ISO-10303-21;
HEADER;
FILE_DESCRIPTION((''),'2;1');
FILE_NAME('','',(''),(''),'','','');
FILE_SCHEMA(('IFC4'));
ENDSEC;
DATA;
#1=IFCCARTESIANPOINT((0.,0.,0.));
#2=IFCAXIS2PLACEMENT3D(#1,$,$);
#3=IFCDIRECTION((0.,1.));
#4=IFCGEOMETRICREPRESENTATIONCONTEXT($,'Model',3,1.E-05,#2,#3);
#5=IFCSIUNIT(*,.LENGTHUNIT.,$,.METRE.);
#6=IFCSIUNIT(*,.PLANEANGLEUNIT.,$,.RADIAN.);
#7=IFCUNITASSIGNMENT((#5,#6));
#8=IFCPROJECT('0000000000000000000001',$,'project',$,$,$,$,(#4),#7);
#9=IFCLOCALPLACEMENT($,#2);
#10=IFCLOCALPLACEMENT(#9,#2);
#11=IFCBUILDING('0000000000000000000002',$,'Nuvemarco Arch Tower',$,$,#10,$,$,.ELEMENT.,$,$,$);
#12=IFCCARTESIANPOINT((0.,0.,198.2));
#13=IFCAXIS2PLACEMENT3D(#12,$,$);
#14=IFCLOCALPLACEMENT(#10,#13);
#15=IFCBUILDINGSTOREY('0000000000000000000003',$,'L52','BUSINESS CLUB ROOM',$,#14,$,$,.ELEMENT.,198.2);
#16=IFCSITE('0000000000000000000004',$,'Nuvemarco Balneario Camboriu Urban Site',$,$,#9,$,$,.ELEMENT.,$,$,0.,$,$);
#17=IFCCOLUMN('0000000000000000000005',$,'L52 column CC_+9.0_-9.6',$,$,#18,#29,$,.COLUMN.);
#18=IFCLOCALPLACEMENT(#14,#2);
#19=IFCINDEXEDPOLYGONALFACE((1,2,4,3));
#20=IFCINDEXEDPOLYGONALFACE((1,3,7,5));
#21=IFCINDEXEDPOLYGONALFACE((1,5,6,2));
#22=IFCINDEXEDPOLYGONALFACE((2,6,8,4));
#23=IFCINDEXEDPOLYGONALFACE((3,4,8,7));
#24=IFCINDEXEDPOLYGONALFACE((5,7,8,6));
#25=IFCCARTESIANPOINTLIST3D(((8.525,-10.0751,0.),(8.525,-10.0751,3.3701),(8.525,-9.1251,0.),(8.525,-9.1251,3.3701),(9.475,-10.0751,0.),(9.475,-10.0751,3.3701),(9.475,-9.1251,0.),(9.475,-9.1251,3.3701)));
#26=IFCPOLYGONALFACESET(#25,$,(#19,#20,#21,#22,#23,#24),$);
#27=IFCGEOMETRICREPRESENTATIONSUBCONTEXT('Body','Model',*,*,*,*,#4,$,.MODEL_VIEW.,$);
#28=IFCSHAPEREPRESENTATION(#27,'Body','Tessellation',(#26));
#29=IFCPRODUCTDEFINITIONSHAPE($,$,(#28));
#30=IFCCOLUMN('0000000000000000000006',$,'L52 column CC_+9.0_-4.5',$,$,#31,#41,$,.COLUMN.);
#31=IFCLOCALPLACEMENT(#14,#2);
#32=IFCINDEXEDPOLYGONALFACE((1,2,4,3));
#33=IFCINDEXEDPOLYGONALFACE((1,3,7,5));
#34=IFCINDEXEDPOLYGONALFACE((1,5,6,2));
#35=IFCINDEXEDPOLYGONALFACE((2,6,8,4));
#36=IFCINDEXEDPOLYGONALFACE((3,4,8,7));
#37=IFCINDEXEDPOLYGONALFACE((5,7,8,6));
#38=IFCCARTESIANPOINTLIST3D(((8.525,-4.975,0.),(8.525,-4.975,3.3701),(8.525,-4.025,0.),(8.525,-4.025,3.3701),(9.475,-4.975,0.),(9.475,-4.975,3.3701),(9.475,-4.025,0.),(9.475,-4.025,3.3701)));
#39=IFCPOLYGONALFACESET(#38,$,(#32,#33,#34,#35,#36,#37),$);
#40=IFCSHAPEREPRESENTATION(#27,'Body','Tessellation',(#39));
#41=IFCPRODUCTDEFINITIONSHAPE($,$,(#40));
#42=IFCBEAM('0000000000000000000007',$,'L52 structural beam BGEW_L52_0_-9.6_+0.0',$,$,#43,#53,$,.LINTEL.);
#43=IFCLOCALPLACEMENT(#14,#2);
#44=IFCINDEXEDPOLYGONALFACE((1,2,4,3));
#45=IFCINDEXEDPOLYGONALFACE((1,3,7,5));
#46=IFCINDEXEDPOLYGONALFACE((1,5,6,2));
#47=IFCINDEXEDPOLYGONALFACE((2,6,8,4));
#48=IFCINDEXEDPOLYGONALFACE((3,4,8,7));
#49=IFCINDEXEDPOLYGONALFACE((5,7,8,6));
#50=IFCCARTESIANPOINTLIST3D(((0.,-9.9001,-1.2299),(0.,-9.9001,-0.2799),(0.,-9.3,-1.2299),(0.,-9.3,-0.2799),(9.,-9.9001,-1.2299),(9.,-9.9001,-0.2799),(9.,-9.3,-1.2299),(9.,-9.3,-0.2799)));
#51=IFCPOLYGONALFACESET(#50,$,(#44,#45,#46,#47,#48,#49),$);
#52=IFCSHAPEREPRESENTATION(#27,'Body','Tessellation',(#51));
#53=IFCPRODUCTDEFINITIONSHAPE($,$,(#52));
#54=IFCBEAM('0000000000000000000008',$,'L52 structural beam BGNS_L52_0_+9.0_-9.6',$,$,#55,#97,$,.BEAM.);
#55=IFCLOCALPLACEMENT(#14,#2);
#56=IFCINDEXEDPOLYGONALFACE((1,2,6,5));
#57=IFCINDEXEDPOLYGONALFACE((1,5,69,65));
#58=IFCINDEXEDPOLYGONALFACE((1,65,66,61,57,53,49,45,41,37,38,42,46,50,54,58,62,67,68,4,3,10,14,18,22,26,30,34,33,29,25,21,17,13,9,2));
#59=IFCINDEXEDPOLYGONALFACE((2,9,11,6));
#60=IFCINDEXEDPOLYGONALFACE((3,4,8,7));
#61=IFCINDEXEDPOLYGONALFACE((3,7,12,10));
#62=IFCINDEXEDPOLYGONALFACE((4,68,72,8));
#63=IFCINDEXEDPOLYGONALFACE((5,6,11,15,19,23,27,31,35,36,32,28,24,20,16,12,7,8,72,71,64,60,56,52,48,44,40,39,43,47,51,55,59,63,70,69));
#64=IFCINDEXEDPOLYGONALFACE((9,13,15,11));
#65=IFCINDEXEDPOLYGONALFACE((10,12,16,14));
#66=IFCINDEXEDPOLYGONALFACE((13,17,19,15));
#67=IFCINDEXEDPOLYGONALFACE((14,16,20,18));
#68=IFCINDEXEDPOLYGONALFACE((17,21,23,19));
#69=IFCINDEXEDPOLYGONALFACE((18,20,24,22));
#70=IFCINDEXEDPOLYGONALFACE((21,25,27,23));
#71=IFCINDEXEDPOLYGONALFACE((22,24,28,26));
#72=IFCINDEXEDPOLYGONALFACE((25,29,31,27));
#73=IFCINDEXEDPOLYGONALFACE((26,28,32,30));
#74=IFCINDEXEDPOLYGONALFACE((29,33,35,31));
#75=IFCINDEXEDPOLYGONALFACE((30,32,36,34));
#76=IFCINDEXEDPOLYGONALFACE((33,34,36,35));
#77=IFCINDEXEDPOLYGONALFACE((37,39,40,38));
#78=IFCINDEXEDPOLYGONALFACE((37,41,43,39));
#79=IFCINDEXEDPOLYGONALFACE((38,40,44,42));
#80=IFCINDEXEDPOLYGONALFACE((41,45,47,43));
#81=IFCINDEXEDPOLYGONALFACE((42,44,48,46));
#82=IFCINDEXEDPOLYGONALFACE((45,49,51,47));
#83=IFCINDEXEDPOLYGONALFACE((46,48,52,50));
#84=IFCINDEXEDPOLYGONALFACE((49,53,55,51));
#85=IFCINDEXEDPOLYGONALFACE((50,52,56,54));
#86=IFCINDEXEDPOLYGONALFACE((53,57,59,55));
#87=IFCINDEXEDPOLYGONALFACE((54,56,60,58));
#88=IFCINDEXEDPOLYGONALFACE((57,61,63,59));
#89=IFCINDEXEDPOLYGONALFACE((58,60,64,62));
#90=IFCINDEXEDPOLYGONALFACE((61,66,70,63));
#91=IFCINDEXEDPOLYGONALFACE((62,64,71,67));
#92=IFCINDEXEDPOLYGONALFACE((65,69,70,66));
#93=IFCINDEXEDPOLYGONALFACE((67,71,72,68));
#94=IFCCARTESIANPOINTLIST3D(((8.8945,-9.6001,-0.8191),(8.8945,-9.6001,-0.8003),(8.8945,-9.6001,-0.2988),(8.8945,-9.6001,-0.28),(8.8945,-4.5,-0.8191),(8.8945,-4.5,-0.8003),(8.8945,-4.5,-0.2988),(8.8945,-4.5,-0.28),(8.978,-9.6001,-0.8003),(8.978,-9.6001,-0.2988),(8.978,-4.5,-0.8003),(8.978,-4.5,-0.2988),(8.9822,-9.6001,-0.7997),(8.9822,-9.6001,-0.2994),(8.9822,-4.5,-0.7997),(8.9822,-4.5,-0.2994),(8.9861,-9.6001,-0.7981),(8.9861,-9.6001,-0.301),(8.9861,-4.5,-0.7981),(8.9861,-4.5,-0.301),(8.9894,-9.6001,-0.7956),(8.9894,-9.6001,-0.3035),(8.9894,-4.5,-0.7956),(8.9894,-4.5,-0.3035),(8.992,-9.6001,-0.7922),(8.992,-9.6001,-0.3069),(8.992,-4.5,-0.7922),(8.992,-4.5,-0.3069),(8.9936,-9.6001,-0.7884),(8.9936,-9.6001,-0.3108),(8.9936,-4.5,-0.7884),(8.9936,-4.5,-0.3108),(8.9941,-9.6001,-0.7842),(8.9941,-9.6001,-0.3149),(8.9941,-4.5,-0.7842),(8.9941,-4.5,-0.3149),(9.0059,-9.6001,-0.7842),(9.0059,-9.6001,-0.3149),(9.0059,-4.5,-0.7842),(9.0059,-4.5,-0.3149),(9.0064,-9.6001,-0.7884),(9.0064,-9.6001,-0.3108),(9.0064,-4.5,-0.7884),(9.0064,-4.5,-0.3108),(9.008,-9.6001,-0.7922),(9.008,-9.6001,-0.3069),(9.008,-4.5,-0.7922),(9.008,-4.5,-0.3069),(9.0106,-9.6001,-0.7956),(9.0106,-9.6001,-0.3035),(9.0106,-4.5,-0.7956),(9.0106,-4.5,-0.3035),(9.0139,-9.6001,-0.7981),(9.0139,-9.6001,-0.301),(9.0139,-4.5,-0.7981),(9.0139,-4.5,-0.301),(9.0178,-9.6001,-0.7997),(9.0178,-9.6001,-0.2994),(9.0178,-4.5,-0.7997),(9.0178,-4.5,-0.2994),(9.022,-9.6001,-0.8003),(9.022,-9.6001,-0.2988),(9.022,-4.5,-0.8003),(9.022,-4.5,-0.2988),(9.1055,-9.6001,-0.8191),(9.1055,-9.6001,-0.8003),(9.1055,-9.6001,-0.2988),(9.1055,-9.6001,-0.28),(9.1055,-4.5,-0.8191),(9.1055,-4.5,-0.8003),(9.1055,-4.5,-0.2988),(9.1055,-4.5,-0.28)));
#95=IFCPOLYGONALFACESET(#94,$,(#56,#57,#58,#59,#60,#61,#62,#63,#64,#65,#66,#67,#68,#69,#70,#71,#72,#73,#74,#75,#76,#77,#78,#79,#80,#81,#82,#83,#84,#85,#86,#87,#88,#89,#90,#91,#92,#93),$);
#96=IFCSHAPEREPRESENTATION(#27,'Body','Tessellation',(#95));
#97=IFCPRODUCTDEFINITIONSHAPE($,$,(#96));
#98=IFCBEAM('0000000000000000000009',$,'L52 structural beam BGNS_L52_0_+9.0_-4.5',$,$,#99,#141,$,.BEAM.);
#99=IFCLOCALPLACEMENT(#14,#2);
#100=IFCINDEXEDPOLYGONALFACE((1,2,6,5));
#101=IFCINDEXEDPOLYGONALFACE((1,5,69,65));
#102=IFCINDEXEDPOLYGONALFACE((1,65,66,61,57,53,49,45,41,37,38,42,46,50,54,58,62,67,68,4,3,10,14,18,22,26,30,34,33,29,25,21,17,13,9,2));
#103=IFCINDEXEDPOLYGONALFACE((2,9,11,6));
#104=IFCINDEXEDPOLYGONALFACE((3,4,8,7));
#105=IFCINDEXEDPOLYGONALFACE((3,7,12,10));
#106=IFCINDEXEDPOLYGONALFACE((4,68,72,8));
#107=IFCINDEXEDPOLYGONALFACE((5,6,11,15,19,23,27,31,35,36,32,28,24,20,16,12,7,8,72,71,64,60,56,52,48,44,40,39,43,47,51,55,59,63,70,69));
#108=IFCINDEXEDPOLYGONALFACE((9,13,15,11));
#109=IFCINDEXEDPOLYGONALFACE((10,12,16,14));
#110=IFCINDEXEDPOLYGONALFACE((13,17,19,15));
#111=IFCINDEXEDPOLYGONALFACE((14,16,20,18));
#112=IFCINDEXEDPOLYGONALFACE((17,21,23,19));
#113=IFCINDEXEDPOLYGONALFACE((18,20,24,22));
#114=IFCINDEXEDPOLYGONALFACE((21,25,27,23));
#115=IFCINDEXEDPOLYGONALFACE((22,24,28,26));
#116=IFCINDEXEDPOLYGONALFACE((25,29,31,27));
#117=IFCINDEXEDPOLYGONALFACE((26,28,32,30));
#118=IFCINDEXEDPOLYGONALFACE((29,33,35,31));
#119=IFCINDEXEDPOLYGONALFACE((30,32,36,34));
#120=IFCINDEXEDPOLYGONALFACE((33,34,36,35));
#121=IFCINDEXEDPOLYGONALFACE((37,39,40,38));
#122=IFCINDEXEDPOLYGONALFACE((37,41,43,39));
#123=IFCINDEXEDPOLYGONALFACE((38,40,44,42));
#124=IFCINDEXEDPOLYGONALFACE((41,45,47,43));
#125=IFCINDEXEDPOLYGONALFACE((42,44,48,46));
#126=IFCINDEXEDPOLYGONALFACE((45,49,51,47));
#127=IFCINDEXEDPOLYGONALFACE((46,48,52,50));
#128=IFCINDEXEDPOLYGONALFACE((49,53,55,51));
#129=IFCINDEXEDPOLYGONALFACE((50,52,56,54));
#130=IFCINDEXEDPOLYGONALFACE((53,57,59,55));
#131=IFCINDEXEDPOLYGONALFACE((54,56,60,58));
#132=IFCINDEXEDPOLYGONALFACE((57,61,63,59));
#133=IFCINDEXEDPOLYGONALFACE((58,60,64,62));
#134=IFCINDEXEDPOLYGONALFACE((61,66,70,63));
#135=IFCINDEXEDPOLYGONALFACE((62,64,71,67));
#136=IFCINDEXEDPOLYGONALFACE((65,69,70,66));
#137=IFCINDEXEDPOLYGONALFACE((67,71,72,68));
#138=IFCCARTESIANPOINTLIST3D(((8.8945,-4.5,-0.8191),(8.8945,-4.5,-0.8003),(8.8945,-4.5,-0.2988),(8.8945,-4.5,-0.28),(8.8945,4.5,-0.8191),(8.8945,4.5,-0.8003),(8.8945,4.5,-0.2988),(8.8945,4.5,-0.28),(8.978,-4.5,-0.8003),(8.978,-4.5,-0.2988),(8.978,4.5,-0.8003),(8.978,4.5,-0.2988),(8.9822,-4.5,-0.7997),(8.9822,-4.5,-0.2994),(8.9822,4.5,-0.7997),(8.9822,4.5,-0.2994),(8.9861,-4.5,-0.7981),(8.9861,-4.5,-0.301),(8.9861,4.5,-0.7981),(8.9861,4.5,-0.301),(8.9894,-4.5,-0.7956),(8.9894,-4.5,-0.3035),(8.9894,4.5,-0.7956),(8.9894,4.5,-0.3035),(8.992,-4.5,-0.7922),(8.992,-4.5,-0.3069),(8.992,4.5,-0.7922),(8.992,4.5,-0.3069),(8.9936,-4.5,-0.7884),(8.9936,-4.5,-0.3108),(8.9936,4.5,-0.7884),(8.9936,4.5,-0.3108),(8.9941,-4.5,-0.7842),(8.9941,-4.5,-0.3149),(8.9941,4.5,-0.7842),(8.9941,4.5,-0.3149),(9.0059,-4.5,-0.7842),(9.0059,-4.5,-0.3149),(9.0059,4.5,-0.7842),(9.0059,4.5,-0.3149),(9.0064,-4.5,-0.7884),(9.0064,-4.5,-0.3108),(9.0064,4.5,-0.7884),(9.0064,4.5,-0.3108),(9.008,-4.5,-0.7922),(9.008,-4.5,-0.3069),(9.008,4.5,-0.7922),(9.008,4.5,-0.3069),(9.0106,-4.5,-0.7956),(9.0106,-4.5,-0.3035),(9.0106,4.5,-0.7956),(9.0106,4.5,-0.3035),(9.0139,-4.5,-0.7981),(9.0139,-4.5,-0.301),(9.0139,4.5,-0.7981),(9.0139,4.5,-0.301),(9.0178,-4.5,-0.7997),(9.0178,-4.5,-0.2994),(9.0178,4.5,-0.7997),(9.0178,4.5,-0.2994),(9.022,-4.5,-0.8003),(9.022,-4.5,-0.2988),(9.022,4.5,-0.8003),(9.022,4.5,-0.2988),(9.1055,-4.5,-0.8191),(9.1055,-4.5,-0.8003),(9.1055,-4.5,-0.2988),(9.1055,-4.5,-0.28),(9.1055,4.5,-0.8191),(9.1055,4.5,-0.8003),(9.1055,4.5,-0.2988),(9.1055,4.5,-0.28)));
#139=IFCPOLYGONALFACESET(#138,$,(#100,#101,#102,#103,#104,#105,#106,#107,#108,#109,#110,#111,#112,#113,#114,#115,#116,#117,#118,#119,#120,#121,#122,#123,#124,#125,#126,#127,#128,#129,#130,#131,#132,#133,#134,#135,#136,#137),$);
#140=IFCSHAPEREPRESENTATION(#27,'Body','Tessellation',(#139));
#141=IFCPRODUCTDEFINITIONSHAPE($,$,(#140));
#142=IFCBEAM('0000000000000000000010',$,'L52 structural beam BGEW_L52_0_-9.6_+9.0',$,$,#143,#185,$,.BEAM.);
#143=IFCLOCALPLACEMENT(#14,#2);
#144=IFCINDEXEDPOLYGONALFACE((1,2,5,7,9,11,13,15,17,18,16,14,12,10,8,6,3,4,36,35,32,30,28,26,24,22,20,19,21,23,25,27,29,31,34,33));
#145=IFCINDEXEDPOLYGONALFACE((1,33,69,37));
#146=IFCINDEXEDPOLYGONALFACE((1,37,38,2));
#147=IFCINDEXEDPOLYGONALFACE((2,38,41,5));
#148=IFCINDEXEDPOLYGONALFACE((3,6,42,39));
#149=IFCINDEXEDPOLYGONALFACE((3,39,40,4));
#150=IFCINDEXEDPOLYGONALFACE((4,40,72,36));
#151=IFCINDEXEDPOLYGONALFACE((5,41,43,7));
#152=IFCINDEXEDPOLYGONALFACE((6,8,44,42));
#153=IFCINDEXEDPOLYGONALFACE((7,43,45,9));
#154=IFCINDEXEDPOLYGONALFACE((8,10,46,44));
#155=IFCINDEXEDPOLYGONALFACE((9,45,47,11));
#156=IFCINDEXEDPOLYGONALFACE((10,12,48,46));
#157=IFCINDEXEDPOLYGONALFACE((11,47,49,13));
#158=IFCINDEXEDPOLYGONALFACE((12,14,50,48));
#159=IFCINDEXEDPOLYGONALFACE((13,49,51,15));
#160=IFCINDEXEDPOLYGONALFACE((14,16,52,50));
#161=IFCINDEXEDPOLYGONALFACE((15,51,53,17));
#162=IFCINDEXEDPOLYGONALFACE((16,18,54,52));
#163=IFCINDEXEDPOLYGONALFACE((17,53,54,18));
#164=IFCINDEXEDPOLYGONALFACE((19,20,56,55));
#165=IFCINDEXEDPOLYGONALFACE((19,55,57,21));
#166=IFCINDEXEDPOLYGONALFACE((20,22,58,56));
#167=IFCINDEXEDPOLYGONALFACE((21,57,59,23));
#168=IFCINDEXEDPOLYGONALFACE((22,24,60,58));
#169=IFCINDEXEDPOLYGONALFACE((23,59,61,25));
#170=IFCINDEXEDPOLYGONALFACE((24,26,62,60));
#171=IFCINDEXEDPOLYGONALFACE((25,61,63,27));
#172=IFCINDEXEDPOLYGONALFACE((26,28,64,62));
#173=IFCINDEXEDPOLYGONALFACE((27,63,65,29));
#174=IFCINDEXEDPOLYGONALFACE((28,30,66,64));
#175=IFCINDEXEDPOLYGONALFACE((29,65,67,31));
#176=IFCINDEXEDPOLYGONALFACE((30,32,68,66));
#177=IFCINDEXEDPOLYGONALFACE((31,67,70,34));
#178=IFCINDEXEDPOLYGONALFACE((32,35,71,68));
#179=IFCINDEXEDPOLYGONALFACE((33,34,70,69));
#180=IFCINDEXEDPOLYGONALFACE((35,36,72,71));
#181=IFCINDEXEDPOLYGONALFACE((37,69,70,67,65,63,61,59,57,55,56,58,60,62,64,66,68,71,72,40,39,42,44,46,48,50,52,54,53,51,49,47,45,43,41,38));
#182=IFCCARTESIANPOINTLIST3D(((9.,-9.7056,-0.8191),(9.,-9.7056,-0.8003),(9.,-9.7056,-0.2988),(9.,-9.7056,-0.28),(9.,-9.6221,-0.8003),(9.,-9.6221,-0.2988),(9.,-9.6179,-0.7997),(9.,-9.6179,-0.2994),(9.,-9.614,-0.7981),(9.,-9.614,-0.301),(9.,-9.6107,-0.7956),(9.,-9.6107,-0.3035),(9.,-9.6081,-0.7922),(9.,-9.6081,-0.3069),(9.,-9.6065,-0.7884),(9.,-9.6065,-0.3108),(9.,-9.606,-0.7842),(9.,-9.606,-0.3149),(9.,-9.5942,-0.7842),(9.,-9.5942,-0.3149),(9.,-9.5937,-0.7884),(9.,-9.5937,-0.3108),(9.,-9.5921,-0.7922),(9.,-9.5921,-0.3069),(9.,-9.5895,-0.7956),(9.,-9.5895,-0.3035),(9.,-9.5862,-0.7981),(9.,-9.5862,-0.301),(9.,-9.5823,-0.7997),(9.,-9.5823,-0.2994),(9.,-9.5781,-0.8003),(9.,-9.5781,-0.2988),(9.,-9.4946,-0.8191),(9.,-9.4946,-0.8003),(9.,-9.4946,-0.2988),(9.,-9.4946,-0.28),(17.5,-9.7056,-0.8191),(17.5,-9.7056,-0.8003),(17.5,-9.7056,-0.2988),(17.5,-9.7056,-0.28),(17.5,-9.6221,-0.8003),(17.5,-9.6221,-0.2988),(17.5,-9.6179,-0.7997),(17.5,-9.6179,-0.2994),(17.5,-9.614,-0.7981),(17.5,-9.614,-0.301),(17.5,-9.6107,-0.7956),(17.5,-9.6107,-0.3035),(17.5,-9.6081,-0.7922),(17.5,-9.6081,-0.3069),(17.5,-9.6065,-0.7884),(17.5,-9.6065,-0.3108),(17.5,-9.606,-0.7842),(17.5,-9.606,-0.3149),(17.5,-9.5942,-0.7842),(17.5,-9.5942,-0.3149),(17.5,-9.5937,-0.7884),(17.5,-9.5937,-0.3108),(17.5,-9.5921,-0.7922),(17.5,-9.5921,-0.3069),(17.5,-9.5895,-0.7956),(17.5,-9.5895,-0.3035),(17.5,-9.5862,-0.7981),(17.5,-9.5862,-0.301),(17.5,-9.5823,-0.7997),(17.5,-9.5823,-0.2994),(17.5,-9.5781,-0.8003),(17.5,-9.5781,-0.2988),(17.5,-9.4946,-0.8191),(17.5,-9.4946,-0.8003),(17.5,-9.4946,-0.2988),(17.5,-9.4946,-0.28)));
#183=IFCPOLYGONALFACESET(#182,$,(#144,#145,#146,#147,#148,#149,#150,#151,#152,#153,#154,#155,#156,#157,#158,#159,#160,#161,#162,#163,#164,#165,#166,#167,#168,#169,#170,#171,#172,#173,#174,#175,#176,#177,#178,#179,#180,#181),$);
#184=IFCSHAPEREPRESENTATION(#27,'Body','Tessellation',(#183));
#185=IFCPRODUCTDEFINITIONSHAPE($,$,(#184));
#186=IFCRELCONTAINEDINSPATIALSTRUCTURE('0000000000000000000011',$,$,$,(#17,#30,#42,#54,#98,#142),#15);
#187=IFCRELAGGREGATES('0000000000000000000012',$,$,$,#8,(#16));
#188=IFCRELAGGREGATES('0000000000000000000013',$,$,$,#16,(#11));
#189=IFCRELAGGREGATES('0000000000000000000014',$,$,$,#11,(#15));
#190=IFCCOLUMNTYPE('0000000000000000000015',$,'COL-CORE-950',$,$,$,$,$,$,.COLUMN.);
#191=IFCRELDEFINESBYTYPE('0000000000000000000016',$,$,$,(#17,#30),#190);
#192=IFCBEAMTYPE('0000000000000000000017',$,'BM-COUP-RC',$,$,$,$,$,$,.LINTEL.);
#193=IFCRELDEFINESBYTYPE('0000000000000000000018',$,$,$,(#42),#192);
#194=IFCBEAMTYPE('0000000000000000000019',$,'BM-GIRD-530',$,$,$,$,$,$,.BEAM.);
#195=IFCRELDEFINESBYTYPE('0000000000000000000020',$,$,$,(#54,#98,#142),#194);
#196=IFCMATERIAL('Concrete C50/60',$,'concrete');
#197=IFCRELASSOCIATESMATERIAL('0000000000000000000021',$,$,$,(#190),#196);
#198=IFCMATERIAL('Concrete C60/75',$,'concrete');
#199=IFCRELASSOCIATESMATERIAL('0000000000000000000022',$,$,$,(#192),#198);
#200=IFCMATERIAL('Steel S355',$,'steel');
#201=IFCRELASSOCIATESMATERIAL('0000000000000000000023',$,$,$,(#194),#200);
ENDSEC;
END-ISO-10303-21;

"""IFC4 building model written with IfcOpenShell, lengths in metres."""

from ifc_helpers import new_model, si_unit, direction, frame, origin, origin_2d, place, context, subcontext, project, spatial, rectangle, i_section, extrude, material, material_profile, profile_set, type_object, element, save


model = new_model("IFC4")

# Units and contexts
model_context = context("Model", 3, precision=1e-05, world=origin(), true_north=direction((0.0, 1.0)))
body_context = subcontext(model_context, "Body", "Model", "MODEL_VIEW")
ifc_project = project(units=[si_unit("LENGTHUNIT", "METRE"), si_unit("PLANEANGLEUNIT", "RADIAN")], contexts=[model_context])

# Site, building, storey
site_placement = place(None, origin())
site = spatial("IfcSite", under=ifc_project, at=site_placement, Name="Nuvemarco Balneario Camboriu Urban Site", CompositionType="ELEMENT", RefElevation=0.0)
building_placement = place(site_placement, origin())
building = spatial("IfcBuilding", under=site, at=building_placement, Name="Nuvemarco Arch Tower", CompositionType="ELEMENT")
storey_placement = place(building_placement, frame((0.0, 0.0, 198.2)))
storey = spatial("IfcBuildingStorey", under=building, at=storey_placement, Name="L52", Description="BUSINESS CLUB ROOM", CompositionType="ELEMENT", Elevation=198.2)

# Columns
ifc_material_1 = material(Name="Concrete C50/60", Category="concrete")
ifc_material_profile_1 = material_profile(ifc_material_1, rectangle(XDim=0.95, YDim=0.95, at=origin_2d()), Name="RC-COL-950x950")
ifc_profile_set_1 = profile_set([ifc_material_profile_1], Name="Concrete C50/60")
column_type = type_object("IfcColumnType", Name="COL-CORE-950", PredefinedType="COLUMN", material=ifc_profile_set_1)
for number, where, z_axis, x_axis, name in (
    (1, (9.0, -9.6001, 0.0), (0.0, 0.0, 1.0), (1.0, 0.0, 0.0), "L52 column CC_+9.0_-9.6"),
    (2, (9.0, -4.5, 0.0), (0.0, 0.0, 1.0), (1.0, 0.0, 0.0), "L52 column CC_+9.0_-4.5"),
):
    element("IfcColumn", number, at=place(storey_placement, frame(where, z_axis=z_axis, x_axis=x_axis)), inside=storey, type_object=column_type, Name=name, PredefinedType="COLUMN", context=body_context, shape_type="SweptSolid", body=[
        extrude(rectangle(XDim=0.95, YDim=0.95, at=origin_2d()), origin(), (0.0, 0.0, 1.0), 3.3701),
    ])

# Beams
ifc_material_2 = material(Name="Concrete C60/75", Category="concrete")
ifc_material_profile_2 = material_profile(ifc_material_2, rectangle(XDim=0.6001, YDim=0.95, at=origin_2d()), Name="RC-BM-600x950")
ifc_profile_set_2 = profile_set([ifc_material_profile_2], Name="Concrete C60/75")
beam_type_1 = type_object("IfcBeamType", Name="BM-COUP-RC", PredefinedType="LINTEL", material=ifc_profile_set_2)
beam_1_placement = place(storey_placement, frame((0.0, -9.6001, -0.7549), z_axis=(1.0, 0.0, 0.0), x_axis=(0.0, 1.0, 0.0)))
element("IfcBeam", 3, at=beam_1_placement, inside=storey, type_object=beam_type_1, Name="L52 structural beam BGEW_L52_0_-9.6_+0.0", PredefinedType="LINTEL", context=body_context, shape_type="SweptSolid", body=[
    extrude(rectangle(XDim=0.6001, YDim=0.95, at=origin_2d()), origin(), (0.0, 0.0, 1.0), 9.0),
])
ifc_material_3 = material(Name="Steel S355", Category="steel")
ifc_material_profile_3 = material_profile(ifc_material_3, i_section(OverallWidth=0.2109, OverallDepth=0.5391, WebThickness=0.0117, FlangeThickness=0.0188, FilletRadius=0.0161, at=origin_2d()), Name="W530x109")
ifc_profile_set_3 = profile_set([ifc_material_profile_3], Name="Steel S355")
beam_type_2 = type_object("IfcBeamType", Name="BM-GIRD-530", PredefinedType="BEAM", material=ifc_profile_set_3)
beam_2_placement = place(storey_placement, frame((9.0, -9.6001, -0.5496), z_axis=(0.0, 1.0, 0.0), x_axis=(-1.0, 0.0, 0.0)))
element("IfcBeam", 4, at=beam_2_placement, inside=storey, type_object=beam_type_2, Name="L52 structural beam BGNS_L52_0_+9.0_-9.6", PredefinedType="BEAM", context=body_context, shape_type="SweptSolid", body=[
    extrude(i_section(OverallWidth=0.2109, OverallDepth=0.5391, WebThickness=0.0117, FlangeThickness=0.0188, FilletRadius=0.0161, at=origin_2d()), origin(), (0.0, 0.0, 1.0), 5.1001),
])
beam_3_placement = place(storey_placement, frame((9.0, -4.5, -0.5496), z_axis=(0.0, 1.0, 0.0), x_axis=(-1.0, 0.0, 0.0)))
element("IfcBeam", 5, at=beam_3_placement, inside=storey, type_object=beam_type_2, Name="L52 structural beam BGNS_L52_0_+9.0_-4.5", PredefinedType="BEAM", context=body_context, shape_type="SweptSolid", body=[
    extrude(i_section(OverallWidth=0.2109, OverallDepth=0.5391, WebThickness=0.0117, FlangeThickness=0.0188, FilletRadius=0.0161, at=origin_2d()), origin(), (0.0, 0.0, 1.0), 9.0),
])
beam_4_placement = place(storey_placement, frame((9.0, -9.6001, -0.5496), z_axis=(1.0, 0.0, 0.0), x_axis=(0.0, 1.0, 0.0)))
element("IfcBeam", 6, at=beam_4_placement, inside=storey, type_object=beam_type_2, Name="L52 structural beam BGEW_L52_0_-9.6_+9.0", PredefinedType="BEAM", context=body_context, shape_type="SweptSolid", body=[
    extrude(i_section(OverallWidth=0.2109, OverallDepth=0.5391, WebThickness=0.0117, FlangeThickness=0.0188, FilletRadius=0.0161, at=origin_2d()), origin(), (0.0, 0.0, 1.0), 8.5),
])

save(model, "model.ifc")
